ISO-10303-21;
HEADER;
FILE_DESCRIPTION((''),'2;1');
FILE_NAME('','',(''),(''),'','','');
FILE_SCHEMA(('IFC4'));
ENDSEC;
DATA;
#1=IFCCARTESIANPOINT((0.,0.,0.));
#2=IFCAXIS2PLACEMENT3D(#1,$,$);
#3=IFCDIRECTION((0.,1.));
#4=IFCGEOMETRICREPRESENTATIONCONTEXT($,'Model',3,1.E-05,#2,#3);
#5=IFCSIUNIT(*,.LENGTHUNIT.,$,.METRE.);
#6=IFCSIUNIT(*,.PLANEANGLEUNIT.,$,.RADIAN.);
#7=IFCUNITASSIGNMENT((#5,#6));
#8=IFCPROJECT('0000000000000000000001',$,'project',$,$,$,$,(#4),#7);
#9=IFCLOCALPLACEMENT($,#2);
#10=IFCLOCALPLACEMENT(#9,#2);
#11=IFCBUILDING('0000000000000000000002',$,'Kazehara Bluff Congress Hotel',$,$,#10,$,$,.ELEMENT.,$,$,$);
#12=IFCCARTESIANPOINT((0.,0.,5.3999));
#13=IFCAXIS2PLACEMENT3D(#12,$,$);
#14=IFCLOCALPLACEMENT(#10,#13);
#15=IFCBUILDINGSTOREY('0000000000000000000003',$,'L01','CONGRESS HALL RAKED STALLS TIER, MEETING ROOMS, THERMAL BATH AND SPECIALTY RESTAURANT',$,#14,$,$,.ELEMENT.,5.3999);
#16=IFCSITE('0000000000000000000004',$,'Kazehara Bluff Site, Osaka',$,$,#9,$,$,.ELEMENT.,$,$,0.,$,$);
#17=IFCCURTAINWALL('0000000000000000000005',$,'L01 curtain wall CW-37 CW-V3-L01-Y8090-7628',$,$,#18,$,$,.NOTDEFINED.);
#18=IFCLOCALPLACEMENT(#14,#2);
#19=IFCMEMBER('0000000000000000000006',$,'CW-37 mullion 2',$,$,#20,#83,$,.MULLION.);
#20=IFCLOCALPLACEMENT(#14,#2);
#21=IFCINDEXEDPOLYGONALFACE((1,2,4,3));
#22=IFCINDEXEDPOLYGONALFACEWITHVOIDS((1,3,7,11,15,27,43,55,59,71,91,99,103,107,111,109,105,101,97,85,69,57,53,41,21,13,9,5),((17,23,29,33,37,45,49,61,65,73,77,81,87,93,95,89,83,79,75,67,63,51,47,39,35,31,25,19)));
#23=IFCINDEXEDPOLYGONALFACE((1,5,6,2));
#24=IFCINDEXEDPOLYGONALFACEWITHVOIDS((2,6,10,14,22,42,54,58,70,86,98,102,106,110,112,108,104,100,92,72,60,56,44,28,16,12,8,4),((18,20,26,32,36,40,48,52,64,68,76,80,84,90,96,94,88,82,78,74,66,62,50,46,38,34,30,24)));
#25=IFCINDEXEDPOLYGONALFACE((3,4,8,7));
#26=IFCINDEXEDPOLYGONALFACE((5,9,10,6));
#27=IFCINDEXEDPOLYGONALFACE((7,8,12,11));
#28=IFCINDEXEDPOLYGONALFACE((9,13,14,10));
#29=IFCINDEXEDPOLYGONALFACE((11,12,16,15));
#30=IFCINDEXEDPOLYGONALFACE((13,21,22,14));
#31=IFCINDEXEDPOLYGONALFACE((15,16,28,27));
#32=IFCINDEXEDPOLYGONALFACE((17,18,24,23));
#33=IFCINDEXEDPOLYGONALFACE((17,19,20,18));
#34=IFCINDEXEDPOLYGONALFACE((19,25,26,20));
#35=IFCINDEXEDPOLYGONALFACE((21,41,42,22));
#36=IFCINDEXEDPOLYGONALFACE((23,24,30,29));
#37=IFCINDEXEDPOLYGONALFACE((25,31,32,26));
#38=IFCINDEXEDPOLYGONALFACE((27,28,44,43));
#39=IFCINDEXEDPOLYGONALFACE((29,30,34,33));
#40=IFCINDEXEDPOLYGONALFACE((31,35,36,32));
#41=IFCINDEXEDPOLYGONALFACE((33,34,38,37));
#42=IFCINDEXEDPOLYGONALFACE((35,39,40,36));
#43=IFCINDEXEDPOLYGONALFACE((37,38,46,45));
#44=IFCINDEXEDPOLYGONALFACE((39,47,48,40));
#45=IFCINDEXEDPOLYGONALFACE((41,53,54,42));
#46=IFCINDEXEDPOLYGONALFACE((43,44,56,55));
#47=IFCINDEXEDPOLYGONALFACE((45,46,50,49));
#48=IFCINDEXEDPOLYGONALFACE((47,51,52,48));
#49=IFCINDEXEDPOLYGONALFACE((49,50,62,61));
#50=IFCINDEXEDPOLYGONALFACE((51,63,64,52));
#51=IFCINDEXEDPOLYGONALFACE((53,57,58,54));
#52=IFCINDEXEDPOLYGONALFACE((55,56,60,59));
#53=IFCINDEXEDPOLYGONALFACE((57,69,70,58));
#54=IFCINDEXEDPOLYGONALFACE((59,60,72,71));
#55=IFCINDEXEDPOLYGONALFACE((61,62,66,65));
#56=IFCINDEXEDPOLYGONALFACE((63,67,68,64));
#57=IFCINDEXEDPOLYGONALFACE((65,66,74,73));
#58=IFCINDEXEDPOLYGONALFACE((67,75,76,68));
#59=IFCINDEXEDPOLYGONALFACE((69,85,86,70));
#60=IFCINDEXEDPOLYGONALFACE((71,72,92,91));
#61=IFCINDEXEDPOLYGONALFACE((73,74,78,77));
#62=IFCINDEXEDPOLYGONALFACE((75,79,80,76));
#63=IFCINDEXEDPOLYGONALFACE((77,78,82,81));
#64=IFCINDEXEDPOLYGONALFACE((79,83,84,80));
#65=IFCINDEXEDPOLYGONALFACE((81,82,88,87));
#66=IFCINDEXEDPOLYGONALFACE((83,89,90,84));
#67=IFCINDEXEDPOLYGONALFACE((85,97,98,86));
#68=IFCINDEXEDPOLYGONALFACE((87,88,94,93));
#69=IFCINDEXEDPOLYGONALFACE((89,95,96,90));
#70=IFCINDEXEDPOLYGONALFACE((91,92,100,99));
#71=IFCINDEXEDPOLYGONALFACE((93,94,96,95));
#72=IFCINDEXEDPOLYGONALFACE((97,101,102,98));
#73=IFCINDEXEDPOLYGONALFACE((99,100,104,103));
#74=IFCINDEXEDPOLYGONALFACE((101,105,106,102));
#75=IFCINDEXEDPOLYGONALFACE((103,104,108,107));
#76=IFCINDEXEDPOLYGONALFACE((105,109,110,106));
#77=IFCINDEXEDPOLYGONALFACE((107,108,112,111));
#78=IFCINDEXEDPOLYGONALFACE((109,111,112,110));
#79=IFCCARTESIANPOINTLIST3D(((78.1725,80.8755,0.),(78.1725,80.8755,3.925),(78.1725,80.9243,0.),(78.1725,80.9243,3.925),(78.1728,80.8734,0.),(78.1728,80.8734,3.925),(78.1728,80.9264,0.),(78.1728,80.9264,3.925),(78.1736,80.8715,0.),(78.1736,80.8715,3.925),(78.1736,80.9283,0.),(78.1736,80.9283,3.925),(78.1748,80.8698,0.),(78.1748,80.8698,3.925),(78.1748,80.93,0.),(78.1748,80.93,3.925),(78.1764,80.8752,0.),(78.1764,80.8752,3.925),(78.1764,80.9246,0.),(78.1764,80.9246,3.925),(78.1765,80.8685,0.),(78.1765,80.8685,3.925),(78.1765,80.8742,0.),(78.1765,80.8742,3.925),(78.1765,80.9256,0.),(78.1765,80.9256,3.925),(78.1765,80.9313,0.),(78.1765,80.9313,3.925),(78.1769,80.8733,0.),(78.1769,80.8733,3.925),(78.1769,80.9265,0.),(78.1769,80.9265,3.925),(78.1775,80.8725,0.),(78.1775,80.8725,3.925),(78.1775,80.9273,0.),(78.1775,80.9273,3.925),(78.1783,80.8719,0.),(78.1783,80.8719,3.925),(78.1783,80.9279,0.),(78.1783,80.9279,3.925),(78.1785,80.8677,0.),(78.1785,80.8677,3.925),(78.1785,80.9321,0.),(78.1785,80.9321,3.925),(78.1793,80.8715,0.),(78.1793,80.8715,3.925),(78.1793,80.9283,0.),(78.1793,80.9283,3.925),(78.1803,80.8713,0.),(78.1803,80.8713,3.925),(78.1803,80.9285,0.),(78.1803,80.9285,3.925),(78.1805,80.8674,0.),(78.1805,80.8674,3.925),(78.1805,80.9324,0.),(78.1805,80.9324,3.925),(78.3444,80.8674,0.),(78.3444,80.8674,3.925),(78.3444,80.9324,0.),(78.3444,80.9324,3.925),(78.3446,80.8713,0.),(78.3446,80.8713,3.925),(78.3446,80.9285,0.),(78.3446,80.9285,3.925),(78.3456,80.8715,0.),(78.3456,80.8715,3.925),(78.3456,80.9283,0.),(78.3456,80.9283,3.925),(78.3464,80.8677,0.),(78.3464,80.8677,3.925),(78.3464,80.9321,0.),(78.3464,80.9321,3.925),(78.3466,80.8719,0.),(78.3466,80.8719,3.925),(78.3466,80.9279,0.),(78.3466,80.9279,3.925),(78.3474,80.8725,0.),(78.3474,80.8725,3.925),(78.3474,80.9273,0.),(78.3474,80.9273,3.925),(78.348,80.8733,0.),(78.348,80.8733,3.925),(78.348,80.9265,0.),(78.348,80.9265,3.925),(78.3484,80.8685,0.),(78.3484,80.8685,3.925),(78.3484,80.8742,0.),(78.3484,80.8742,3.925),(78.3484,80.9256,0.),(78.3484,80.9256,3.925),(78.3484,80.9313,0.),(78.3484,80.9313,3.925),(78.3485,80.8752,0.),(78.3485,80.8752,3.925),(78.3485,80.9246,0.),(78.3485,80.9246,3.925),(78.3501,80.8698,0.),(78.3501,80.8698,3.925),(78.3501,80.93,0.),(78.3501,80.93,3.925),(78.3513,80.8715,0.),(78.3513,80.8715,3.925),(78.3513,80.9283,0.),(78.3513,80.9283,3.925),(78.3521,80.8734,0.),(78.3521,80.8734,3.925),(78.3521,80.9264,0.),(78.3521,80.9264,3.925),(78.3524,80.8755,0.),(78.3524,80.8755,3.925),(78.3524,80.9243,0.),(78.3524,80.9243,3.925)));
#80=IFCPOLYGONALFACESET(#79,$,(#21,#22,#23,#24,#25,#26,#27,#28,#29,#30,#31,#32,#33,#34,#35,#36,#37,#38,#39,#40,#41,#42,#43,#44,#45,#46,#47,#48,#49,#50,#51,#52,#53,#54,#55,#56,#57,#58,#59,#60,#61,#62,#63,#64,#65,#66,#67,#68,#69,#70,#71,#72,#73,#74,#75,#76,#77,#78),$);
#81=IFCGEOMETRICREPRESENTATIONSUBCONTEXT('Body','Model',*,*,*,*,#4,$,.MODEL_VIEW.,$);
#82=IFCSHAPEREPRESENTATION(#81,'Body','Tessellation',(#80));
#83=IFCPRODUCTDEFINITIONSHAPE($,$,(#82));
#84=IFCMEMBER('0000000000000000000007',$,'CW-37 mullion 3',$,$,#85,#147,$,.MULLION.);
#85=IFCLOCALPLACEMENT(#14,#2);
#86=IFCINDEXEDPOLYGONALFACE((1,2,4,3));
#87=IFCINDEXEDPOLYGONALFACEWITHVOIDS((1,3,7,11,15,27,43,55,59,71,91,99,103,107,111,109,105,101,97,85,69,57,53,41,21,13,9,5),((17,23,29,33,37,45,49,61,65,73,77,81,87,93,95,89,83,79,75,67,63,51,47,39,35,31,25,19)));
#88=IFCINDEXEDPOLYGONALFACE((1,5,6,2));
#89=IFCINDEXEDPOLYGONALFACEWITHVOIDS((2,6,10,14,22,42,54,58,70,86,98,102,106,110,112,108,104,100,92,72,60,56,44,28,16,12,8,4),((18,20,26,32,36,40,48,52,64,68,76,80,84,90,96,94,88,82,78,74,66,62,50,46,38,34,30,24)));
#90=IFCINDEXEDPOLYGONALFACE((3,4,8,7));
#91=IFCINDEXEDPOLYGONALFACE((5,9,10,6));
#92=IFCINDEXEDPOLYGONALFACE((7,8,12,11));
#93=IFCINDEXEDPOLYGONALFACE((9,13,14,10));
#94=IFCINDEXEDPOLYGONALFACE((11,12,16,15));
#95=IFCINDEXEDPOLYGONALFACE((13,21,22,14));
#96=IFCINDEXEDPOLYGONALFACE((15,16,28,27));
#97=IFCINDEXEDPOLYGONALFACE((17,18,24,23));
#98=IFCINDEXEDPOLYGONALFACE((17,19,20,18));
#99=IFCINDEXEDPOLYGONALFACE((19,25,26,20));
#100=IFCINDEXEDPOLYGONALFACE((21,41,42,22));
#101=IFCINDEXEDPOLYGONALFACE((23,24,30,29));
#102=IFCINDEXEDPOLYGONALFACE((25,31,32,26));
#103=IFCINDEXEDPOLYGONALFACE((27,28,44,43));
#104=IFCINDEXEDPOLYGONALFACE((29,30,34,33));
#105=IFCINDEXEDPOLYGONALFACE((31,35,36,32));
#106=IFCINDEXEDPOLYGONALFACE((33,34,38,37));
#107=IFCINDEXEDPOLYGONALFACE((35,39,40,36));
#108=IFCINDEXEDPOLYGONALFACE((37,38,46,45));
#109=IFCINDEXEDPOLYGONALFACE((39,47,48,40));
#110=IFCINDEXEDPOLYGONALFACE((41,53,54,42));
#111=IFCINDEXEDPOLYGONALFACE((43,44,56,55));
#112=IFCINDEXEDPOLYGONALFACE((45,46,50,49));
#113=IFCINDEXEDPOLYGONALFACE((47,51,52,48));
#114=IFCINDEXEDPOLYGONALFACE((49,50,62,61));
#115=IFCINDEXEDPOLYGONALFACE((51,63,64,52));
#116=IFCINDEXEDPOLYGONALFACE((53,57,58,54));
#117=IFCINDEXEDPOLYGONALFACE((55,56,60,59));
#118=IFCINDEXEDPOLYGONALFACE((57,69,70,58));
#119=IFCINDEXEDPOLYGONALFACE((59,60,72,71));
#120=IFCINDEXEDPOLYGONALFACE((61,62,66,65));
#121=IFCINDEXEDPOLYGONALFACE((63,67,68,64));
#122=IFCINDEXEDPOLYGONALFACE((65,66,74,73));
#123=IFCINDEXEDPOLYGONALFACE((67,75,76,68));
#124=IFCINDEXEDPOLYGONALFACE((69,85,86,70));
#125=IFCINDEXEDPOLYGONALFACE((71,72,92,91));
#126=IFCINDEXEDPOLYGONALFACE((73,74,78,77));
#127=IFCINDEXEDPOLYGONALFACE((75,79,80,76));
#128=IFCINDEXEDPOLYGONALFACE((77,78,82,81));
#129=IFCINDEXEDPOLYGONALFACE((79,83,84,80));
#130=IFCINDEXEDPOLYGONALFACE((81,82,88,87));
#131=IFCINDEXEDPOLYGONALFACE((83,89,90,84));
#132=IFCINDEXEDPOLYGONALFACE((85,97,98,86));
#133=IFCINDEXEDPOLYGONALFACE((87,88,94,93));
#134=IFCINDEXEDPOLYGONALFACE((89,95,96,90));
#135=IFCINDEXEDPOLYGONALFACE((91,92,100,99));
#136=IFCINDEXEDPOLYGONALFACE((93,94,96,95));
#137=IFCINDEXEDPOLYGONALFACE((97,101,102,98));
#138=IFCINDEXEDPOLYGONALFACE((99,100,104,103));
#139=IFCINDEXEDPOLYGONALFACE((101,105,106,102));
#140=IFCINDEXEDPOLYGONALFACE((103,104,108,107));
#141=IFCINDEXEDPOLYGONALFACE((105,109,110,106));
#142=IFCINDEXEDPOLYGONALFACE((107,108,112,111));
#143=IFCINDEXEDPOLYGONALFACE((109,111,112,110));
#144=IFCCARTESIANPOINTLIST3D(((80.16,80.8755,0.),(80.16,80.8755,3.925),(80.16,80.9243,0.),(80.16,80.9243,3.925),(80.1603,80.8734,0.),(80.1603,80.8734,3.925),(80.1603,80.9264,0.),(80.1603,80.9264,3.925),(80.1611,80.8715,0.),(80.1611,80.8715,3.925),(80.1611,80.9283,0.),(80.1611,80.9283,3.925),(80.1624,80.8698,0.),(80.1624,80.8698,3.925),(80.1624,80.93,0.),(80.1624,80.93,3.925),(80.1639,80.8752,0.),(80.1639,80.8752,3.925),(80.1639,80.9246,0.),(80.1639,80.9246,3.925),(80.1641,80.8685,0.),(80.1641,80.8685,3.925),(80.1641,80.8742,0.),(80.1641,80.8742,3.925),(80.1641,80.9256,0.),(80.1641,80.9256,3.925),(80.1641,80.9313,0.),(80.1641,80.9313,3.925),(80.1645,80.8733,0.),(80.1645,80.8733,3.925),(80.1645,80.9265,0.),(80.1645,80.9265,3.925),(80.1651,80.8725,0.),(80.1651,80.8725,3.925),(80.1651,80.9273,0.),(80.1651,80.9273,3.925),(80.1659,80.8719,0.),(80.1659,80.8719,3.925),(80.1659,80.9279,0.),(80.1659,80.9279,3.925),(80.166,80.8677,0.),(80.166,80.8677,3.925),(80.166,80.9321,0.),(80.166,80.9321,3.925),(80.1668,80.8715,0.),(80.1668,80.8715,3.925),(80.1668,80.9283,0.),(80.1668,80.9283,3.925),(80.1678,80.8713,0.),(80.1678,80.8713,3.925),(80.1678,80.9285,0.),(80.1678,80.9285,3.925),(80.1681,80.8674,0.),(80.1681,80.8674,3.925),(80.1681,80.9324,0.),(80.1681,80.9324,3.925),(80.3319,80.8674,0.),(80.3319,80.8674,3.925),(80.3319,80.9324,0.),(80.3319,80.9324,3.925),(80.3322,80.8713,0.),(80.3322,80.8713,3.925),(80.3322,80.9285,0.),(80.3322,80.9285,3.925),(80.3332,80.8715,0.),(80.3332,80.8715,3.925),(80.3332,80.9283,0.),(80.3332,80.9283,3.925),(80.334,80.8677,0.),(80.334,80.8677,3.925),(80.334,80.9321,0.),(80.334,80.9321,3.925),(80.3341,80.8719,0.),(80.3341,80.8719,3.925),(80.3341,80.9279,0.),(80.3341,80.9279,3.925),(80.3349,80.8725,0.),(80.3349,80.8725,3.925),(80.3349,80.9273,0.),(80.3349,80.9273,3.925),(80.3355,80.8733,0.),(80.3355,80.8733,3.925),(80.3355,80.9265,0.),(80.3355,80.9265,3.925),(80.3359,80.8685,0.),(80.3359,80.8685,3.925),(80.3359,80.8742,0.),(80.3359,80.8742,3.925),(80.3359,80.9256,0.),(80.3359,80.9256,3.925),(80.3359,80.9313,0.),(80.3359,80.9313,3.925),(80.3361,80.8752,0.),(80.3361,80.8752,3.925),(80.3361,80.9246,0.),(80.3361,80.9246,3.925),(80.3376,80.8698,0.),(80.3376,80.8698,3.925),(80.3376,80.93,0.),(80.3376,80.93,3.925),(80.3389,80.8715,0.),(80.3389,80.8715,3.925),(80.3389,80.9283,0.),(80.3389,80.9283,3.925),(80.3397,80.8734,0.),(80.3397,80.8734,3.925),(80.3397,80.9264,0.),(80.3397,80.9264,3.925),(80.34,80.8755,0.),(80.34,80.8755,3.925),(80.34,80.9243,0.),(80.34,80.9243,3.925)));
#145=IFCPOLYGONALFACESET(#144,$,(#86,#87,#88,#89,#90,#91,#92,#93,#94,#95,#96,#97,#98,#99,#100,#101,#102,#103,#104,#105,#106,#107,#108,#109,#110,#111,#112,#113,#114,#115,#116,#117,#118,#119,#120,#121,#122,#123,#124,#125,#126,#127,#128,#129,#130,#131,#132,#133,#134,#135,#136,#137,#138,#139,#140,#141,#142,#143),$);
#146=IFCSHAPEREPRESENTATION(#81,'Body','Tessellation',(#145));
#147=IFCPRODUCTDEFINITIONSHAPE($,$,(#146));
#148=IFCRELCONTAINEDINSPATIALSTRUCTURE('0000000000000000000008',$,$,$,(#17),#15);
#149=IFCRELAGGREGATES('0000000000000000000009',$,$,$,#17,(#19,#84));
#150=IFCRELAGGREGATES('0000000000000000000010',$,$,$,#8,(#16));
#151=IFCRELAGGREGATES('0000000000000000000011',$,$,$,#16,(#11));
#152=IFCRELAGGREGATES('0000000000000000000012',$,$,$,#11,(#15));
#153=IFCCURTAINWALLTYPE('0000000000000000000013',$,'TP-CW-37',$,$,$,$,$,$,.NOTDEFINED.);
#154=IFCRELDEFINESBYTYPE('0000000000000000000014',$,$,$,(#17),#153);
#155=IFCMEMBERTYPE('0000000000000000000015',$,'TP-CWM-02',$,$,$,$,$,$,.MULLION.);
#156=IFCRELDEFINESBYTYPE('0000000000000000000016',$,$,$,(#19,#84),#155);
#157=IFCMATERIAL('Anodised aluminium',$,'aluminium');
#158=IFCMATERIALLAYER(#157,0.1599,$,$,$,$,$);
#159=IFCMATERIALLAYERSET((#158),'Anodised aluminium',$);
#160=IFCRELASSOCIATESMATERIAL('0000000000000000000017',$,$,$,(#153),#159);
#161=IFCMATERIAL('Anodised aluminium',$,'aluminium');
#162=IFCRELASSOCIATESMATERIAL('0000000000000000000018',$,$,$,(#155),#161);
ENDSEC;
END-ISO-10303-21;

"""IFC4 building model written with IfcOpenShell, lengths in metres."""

from ifc_helpers import new_model, si_unit, direction, frame, origin, origin_2d, place, context, subcontext, project, spatial, hollow_rectangle, extrude, material, layer, layer_set, material_profile, profile_set, type_object, element, aggregate, save


model = new_model("IFC4")

# Units and contexts
model_context = context("Model", 3, precision=1e-05, world=origin(), true_north=direction((0.0, 1.0)))
body_context = subcontext(model_context, "Body", "Model", "MODEL_VIEW")
ifc_project = project(units=[si_unit("LENGTHUNIT", "METRE"), si_unit("PLANEANGLEUNIT", "RADIAN")], contexts=[model_context])

# Site, building, storey
site_placement = place(None, origin())
site = spatial("IfcSite", under=ifc_project, at=site_placement, Name="Kazehara Bluff Site, Osaka", CompositionType="ELEMENT", RefElevation=0.0)
building_placement = place(site_placement, origin())
building = spatial("IfcBuilding", under=site, at=building_placement, Name="Kazehara Bluff Congress Hotel", CompositionType="ELEMENT")
storey_placement = place(building_placement, frame((0.0, 0.0, 5.3999)))
storey = spatial("IfcBuildingStorey", under=building, at=storey_placement, Name="L01", Description="CONGRESS HALL RAKED STALLS TIER, MEETING ROOMS, THERMAL BATH AND SPECIALTY RESTAURANT", CompositionType="ELEMENT", Elevation=5.3999)

# Curtain wall, members
ifc_material_1 = material(Name="Anodised aluminium", Category="aluminium")
ifc_layer_1 = layer(ifc_material_1, 0.1599)
ifc_layer_set_1 = layer_set([ifc_layer_1], Name="Anodised aluminium")
curtain_wall_type = type_object("IfcCurtainWallType", Name="TP-CW-37", PredefinedType="NOTDEFINED", material=ifc_layer_set_1)
curtain_wall_placement = place(storey_placement, origin())
curtain_wall = element("IfcCurtainWall", 1, at=curtain_wall_placement, inside=storey, type_object=curtain_wall_type, Name="L01 curtain wall CW-37 CW-V3-L01-Y8090-7628", PredefinedType="NOTDEFINED")
ifc_material_2 = material(Name="Anodised aluminium", Category="aluminium")
ifc_material_profile_1 = material_profile(ifc_material_2, hollow_rectangle(XDim=0.0649, YDim=0.1799, WallThickness=0.0039, InnerFilletRadius=0.0039, OuterFilletRadius=0.0081, at=origin_2d()))
ifc_profile_set_1 = profile_set([ifc_material_profile_1], Name="Anodised aluminium")
member_type_1 = type_object("IfcMemberType", Name="TP-CWM-02", PredefinedType="MULLION", material=ifc_profile_set_1)
member_1_placement = place(storey_placement, frame((78.2625, 80.8999, 0.0), z_axis=(0.0, 0.0, 1.0), x_axis=(0.0, 1.0, 0.0)))
member_1 = element("IfcMember", 2, at=member_1_placement, type_object=member_type_1, Name="CW-37 mullion 2", PredefinedType="MULLION", context=body_context, shape_type="SweptSolid", body=[
    extrude(hollow_rectangle(XDim=0.0649, YDim=0.1799, WallThickness=0.0039, InnerFilletRadius=0.0039, OuterFilletRadius=0.0081, at=origin_2d()), origin(), (0.0, 0.0, 1.0), 3.925),
])
member_2_placement = place(storey_placement, frame((80.25, 80.8999, 0.0), z_axis=(0.0, 0.0, 1.0), x_axis=(0.0, 1.0, 0.0)))
member_2 = element("IfcMember", 3, at=member_2_placement, type_object=member_type_1, Name="CW-37 mullion 3", PredefinedType="MULLION", context=body_context, shape_type="SweptSolid", body=[
    extrude(hollow_rectangle(XDim=0.0649, YDim=0.1799, WallThickness=0.0039, InnerFilletRadius=0.0039, OuterFilletRadius=0.0081, at=origin_2d()), origin(), (0.0, 0.0, 1.0), 3.925),
])

aggregate(curtain_wall, [member_1, member_2])

save(model, "model.ifc")
